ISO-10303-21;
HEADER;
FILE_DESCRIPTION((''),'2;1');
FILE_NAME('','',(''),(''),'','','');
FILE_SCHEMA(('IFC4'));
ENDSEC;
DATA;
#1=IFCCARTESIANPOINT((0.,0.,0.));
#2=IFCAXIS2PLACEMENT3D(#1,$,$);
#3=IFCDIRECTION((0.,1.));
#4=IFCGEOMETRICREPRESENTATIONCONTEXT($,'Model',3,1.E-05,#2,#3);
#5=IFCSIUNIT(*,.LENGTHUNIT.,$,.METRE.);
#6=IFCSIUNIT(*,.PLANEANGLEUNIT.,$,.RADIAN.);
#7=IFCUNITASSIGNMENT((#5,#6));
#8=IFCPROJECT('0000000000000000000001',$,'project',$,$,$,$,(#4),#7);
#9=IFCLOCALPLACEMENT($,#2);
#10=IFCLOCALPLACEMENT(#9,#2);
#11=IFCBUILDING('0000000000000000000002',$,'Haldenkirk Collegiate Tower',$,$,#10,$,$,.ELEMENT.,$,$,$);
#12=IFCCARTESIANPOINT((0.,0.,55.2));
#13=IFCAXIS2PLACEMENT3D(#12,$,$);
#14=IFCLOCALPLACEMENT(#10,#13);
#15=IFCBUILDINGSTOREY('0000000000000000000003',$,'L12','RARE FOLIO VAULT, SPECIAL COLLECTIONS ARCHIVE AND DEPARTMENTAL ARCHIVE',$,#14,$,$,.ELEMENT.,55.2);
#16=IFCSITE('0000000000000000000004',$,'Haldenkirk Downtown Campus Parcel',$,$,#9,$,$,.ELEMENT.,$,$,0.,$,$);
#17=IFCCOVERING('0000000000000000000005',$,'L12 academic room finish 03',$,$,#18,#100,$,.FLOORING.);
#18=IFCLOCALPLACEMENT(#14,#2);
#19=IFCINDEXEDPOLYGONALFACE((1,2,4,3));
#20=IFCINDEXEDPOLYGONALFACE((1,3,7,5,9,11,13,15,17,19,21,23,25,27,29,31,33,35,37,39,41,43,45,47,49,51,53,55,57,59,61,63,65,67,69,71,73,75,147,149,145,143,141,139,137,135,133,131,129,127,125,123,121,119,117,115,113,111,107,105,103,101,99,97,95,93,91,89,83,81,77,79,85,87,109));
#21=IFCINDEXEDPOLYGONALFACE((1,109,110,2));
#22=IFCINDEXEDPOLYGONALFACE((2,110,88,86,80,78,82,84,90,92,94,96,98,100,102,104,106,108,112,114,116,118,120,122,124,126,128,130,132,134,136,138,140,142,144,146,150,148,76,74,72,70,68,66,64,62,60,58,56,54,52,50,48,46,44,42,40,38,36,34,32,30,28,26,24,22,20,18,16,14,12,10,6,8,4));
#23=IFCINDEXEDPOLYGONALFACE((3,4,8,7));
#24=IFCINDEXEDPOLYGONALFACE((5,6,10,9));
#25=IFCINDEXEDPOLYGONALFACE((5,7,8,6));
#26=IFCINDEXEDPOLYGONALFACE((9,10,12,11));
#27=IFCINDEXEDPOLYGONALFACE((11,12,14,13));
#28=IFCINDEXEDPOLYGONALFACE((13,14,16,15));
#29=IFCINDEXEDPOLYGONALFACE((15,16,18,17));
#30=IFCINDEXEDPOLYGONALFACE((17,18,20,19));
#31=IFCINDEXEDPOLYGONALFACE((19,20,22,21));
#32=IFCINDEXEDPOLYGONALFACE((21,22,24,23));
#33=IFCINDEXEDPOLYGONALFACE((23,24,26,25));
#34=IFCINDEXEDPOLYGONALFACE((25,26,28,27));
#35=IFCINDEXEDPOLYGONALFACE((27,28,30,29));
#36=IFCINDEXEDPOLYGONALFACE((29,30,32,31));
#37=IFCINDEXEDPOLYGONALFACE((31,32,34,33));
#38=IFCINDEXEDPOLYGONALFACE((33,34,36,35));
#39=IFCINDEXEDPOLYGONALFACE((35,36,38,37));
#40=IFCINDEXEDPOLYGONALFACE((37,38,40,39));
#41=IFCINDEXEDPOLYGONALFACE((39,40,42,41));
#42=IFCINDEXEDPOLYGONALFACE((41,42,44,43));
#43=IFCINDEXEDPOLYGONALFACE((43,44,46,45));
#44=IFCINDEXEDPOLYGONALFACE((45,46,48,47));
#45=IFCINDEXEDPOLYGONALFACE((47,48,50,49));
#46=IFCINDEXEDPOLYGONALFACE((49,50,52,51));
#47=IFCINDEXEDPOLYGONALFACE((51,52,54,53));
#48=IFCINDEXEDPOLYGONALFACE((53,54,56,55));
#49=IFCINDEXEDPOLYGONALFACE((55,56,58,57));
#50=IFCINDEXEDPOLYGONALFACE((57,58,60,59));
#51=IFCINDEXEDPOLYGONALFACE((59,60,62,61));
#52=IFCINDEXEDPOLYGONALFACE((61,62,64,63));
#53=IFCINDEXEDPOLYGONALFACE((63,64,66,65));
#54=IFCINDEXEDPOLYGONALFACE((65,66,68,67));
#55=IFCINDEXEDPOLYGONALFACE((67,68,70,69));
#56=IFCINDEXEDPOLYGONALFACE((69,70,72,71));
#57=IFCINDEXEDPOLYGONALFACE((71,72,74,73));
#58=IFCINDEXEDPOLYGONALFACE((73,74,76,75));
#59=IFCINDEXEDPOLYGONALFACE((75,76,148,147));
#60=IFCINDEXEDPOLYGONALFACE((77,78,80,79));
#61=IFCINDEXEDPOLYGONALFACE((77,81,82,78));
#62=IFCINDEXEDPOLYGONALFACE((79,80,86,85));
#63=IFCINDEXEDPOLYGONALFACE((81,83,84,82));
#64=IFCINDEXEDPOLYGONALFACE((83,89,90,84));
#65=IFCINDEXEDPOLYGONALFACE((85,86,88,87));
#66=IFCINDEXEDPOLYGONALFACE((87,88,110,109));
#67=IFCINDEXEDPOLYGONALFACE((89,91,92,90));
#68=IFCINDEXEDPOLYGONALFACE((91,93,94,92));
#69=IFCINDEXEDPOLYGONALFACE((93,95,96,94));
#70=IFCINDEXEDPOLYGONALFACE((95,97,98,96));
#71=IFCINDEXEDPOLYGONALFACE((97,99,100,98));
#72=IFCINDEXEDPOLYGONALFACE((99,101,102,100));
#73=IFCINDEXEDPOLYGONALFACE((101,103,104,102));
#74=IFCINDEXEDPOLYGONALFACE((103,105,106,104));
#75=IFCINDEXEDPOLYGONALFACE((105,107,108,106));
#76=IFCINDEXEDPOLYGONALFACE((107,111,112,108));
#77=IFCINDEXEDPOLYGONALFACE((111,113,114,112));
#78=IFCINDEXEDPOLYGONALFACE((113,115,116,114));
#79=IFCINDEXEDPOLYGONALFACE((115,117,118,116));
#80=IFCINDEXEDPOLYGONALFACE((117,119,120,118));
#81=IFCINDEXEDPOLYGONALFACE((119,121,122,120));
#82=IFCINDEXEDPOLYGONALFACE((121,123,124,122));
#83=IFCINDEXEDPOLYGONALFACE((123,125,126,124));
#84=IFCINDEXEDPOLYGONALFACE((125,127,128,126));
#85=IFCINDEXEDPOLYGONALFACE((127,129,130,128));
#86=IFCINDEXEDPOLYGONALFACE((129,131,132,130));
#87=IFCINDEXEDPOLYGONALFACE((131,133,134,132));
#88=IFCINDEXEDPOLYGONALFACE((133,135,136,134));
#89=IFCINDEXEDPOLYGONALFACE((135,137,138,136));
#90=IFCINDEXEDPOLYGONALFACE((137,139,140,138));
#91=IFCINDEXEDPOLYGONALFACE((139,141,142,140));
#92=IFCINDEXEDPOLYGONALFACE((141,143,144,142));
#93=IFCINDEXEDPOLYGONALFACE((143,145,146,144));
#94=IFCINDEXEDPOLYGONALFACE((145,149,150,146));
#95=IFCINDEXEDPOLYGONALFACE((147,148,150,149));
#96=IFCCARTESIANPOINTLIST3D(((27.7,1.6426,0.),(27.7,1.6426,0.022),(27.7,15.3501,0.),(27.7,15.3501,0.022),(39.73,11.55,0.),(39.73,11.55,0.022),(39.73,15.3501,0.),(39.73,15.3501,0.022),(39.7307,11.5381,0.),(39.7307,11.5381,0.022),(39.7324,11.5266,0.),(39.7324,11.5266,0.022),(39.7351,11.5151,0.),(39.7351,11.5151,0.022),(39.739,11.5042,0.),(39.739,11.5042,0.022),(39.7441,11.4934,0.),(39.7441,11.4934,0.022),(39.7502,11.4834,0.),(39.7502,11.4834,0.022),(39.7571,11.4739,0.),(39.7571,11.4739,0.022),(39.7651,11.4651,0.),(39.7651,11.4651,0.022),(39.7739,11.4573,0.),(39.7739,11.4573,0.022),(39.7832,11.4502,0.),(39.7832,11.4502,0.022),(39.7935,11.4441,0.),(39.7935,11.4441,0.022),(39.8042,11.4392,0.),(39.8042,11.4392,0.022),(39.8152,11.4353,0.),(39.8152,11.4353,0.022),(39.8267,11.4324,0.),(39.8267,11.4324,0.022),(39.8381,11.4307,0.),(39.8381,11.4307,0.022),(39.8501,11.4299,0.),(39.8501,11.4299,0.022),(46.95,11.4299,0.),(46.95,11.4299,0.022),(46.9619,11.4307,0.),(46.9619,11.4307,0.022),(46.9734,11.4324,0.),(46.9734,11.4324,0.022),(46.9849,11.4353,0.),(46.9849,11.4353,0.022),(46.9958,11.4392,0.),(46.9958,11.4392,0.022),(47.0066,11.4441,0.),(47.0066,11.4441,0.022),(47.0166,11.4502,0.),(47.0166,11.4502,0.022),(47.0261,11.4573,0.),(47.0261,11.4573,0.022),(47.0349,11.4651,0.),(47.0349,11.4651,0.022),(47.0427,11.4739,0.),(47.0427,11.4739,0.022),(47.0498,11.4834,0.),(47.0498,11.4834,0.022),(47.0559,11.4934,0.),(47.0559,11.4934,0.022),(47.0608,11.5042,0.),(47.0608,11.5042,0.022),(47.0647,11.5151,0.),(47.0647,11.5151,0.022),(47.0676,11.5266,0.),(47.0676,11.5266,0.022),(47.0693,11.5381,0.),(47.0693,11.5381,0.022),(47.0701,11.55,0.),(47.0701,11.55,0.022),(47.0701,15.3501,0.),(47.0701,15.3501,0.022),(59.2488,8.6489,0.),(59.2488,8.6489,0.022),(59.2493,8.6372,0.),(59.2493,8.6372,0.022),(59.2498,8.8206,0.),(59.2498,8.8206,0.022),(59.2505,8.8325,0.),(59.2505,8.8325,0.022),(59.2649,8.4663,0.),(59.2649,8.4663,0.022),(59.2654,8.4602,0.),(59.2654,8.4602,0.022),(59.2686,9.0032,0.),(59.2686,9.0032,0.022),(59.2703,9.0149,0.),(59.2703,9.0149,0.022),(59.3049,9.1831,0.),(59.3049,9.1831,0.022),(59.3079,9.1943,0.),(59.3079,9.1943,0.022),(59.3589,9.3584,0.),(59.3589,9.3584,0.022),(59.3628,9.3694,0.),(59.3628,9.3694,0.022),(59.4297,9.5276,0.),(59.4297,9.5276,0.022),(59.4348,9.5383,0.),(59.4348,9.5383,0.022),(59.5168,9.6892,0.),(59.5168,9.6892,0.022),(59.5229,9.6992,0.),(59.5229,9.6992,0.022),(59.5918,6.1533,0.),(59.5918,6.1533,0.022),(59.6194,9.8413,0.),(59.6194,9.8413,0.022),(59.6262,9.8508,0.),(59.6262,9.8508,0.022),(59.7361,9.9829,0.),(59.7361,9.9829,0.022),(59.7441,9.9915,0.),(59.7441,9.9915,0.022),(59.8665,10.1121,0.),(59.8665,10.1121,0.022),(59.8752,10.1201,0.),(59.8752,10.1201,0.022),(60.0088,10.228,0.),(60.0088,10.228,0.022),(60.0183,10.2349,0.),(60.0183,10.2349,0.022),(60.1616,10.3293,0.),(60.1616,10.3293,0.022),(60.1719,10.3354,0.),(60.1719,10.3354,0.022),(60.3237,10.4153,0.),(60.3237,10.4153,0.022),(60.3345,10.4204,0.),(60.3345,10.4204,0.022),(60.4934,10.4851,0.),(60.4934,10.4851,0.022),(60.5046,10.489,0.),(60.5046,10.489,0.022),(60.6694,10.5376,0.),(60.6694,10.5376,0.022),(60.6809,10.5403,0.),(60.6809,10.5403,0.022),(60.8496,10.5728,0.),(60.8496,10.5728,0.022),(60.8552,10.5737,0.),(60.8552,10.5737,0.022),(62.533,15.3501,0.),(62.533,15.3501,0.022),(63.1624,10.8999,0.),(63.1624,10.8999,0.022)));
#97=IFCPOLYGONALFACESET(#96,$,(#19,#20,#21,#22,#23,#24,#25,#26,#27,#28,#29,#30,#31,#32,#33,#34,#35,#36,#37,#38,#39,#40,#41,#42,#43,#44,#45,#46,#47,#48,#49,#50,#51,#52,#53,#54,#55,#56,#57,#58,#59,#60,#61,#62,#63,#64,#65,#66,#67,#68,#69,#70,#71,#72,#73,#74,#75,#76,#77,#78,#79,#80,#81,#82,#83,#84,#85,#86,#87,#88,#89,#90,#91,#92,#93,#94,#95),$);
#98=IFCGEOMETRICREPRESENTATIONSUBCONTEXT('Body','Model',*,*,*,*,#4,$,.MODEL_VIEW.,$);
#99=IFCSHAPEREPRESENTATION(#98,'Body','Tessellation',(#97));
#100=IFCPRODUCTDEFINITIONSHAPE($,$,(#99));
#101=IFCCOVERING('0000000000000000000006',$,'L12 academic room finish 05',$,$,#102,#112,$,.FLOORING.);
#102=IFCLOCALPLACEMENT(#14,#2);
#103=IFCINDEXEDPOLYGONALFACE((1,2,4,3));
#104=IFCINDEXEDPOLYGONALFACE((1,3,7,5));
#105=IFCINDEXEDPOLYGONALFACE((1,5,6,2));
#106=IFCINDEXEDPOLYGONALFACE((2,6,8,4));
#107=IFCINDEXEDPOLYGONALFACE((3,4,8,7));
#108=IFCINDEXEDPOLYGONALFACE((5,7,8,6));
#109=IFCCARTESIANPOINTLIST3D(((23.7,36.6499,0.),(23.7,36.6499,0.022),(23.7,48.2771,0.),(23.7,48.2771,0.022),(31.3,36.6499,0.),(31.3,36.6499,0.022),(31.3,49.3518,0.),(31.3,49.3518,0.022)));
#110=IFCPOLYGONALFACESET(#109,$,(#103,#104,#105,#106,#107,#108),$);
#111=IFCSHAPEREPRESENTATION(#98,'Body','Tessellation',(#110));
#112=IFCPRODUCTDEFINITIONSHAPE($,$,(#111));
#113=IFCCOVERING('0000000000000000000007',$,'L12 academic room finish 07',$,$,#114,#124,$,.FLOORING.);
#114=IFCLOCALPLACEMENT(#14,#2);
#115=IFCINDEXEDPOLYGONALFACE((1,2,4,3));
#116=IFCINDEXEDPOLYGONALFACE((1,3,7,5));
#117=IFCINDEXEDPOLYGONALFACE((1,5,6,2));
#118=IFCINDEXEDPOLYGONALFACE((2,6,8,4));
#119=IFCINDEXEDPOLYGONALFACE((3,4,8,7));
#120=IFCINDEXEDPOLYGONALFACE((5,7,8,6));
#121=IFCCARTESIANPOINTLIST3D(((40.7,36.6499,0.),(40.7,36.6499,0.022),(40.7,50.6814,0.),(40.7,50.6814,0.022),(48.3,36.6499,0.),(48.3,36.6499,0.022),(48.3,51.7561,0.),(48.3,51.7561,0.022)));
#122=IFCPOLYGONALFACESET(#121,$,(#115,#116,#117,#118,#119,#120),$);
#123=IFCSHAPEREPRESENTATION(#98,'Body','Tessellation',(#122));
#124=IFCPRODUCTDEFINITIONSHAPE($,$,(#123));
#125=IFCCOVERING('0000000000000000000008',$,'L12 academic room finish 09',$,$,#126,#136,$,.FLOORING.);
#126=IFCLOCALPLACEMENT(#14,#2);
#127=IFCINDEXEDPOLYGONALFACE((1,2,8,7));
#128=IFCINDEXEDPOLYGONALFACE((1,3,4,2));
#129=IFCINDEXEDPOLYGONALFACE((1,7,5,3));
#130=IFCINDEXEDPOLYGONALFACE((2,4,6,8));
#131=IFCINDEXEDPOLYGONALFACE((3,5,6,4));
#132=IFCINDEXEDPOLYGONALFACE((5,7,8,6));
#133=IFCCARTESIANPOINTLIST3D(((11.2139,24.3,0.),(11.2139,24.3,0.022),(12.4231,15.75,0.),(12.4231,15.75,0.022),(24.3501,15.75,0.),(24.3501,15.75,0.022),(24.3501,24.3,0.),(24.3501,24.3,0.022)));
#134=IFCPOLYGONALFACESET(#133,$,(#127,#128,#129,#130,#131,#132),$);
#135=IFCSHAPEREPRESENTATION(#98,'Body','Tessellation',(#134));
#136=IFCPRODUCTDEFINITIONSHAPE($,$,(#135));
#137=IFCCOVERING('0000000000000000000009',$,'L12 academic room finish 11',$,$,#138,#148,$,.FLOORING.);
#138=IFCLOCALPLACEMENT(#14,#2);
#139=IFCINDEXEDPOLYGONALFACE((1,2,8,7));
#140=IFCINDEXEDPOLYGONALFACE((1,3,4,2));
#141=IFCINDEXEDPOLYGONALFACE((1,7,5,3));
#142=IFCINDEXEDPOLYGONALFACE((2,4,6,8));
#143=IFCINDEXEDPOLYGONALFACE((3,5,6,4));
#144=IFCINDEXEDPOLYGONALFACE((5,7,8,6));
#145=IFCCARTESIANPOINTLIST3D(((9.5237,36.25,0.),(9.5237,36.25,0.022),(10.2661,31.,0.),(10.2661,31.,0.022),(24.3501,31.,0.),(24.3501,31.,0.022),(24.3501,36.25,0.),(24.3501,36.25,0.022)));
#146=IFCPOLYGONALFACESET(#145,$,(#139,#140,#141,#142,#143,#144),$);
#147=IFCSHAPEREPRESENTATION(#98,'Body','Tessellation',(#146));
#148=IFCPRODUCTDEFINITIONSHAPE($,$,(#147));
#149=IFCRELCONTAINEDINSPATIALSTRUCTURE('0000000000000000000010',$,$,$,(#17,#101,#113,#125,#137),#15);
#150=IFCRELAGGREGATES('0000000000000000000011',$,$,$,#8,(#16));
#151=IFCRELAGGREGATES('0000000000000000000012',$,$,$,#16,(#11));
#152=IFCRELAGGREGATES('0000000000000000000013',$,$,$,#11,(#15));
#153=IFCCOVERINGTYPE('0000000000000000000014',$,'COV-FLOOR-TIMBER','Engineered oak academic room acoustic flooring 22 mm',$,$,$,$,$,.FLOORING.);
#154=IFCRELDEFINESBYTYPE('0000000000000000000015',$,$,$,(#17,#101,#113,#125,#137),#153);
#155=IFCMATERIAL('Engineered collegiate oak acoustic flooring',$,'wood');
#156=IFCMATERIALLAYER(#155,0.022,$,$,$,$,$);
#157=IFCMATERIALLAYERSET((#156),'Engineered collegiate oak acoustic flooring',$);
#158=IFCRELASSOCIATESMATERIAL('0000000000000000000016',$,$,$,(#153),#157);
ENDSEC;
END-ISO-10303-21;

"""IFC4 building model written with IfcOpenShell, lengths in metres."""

from ifc_helpers import new_model, si_unit, direction, frame, origin, place, context, subcontext, project, spatial, polyline, outline, extrude, material, layer, layer_set, type_object, element, save


model = new_model("IFC4")

# Units and contexts
model_context = context("Model", 3, precision=1e-05, world=origin(), true_north=direction((0.0, 1.0)))
body_context = subcontext(model_context, "Body", "Model", "MODEL_VIEW")
ifc_project = project(units=[si_unit("LENGTHUNIT", "METRE"), si_unit("PLANEANGLEUNIT", "RADIAN")], contexts=[model_context])

# Site, building, storey
site_placement = place(None, origin())
site = spatial("IfcSite", under=ifc_project, at=site_placement, Name="Haldenkirk Downtown Campus Parcel", CompositionType="ELEMENT", RefElevation=0.0)
building_placement = place(site_placement, origin())
building = spatial("IfcBuilding", under=site, at=building_placement, Name="Haldenkirk Collegiate Tower", CompositionType="ELEMENT")
storey_placement = place(building_placement, frame((0.0, 0.0, 55.2)))
storey = spatial("IfcBuildingStorey", under=building, at=storey_placement, Name="L12", Description="RARE FOLIO VAULT, SPECIAL COLLECTIONS ARCHIVE AND DEPARTMENTAL ARCHIVE", CompositionType="ELEMENT", Elevation=55.2)

# Coverings
ifc_material_1 = material(Name="Engineered collegiate oak acoustic flooring", Category="wood")
ifc_layer_1 = layer(ifc_material_1, 0.022)
ifc_layer_set_1 = layer_set([ifc_layer_1], Name="Engineered collegiate oak acoustic flooring")
covering_type_1 = type_object("IfcCoveringType", Name="COV-FLOOR-TIMBER", Description="Engineered oak academic room acoustic flooring 22 mm", PredefinedType="FLOORING", material=ifc_layer_set_1)
covering_1_placement = place(storey_placement, origin())
element("IfcCovering", 1, at=covering_1_placement, inside=storey, type_object=covering_type_1, Name="L12 academic room finish 03", PredefinedType="FLOORING", context=body_context, shape_type="SweptSolid", body=[
    extrude(outline(polyline([(39.73, 11.55), (39.7307, 11.5381), (39.7324, 11.5266), (39.7351, 11.5151), (39.739, 11.5042), (39.7441, 11.4934), (39.7502, 11.4834), (39.7571, 11.4739), (39.7651, 11.4651), (39.7739, 11.4573), (39.7832, 11.4502), (39.7935, 11.4441), (39.8042, 11.4392), (39.8152, 11.4353), (39.8267, 11.4324), (39.8381, 11.4307), (39.8501, 11.4299), (46.95, 11.4299), (46.9619, 11.4307), (46.9734, 11.4324), (46.9849, 11.4353), (46.9958, 11.4392), (47.0066, 11.4441), (47.0166, 11.4502), (47.0261, 11.4573), (47.0349, 11.4651), (47.0427, 11.4739), (47.0498, 11.4834), (47.0559, 11.4934), (47.0608, 11.5042), (47.0647, 11.5151), (47.0676, 11.5266), (47.0693, 11.5381), (47.0701, 11.55), (47.0701, 15.3501), (62.533, 15.3501), (63.1624, 10.8999), (60.8552, 10.5737), (60.8496, 10.5728), (60.6809, 10.5403), (60.6694, 10.5376), (60.5046, 10.489), (60.4934, 10.4851), (60.3345, 10.4204), (60.3237, 10.4153), (60.1719, 10.3354), (60.1616, 10.3293), (60.0183, 10.2349), (60.0088, 10.228), (59.8752, 10.1201), (59.8665, 10.1121), (59.7441, 9.9915), (59.7361, 9.9829), (59.6262, 9.8508), (59.6194, 9.8413), (59.5229, 9.6992), (59.5168, 9.6892), (59.4348, 9.5383), (59.4297, 9.5276), (59.3628, 9.3694), (59.3589, 9.3584), (59.3079, 9.1943), (59.3049, 9.1831), (59.2703, 9.0149), (59.2686, 9.0032), (59.2505, 8.8325), (59.2498, 8.8206), (59.2488, 8.6489), (59.2493, 8.6372), (59.2649, 8.4663), (59.2654, 8.4602), (59.5918, 6.1533), (27.7, 1.6426), (27.7, 15.3501), (39.73, 15.3501), (39.73, 11.55)])), origin(), (0.0, 0.0, 1.0), 0.022),
])
covering_2_placement = place(storey_placement, origin())
element("IfcCovering", 2, at=covering_2_placement, inside=storey, type_object=covering_type_1, Name="L12 academic room finish 05", PredefinedType="FLOORING", context=body_context, shape_type="SweptSolid", body=[
    extrude(outline(polyline([(31.3, 49.3518), (31.3, 36.6499), (23.7, 36.6499), (23.7, 48.2771), (31.3, 49.3518)])), origin(), (0.0, 0.0, 1.0), 0.022),
])
covering_3_placement = place(storey_placement, origin())
element("IfcCovering", 3, at=covering_3_placement, inside=storey, type_object=covering_type_1, Name="L12 academic room finish 07", PredefinedType="FLOORING", context=body_context, shape_type="SweptSolid", body=[
    extrude(outline(polyline([(48.3, 51.7561), (48.3, 36.6499), (40.7, 36.6499), (40.7, 50.6814), (48.3, 51.7561)])), origin(), (0.0, 0.0, 1.0), 0.022),
])
covering_4_placement = place(storey_placement, origin())
element("IfcCovering", 4, at=covering_4_placement, inside=storey, type_object=covering_type_1, Name="L12 academic room finish 09", PredefinedType="FLOORING", context=body_context, shape_type="SweptSolid", body=[
    extrude(outline(polyline([(11.2139, 24.3), (24.3501, 24.3), (24.3501, 15.75), (12.4231, 15.75), (11.2139, 24.3)])), origin(), (0.0, 0.0, 1.0), 0.022),
])
covering_5_placement = place(storey_placement, origin())
element("IfcCovering", 5, at=covering_5_placement, inside=storey, type_object=covering_type_1, Name="L12 academic room finish 11", PredefinedType="FLOORING", context=body_context, shape_type="SweptSolid", body=[
    extrude(outline(polyline([(9.5237, 36.25), (24.3501, 36.25), (24.3501, 31.0), (10.2661, 31.0), (9.5237, 36.25)])), origin(), (0.0, 0.0, 1.0), 0.022),
])

save(model, "model.ifc")
